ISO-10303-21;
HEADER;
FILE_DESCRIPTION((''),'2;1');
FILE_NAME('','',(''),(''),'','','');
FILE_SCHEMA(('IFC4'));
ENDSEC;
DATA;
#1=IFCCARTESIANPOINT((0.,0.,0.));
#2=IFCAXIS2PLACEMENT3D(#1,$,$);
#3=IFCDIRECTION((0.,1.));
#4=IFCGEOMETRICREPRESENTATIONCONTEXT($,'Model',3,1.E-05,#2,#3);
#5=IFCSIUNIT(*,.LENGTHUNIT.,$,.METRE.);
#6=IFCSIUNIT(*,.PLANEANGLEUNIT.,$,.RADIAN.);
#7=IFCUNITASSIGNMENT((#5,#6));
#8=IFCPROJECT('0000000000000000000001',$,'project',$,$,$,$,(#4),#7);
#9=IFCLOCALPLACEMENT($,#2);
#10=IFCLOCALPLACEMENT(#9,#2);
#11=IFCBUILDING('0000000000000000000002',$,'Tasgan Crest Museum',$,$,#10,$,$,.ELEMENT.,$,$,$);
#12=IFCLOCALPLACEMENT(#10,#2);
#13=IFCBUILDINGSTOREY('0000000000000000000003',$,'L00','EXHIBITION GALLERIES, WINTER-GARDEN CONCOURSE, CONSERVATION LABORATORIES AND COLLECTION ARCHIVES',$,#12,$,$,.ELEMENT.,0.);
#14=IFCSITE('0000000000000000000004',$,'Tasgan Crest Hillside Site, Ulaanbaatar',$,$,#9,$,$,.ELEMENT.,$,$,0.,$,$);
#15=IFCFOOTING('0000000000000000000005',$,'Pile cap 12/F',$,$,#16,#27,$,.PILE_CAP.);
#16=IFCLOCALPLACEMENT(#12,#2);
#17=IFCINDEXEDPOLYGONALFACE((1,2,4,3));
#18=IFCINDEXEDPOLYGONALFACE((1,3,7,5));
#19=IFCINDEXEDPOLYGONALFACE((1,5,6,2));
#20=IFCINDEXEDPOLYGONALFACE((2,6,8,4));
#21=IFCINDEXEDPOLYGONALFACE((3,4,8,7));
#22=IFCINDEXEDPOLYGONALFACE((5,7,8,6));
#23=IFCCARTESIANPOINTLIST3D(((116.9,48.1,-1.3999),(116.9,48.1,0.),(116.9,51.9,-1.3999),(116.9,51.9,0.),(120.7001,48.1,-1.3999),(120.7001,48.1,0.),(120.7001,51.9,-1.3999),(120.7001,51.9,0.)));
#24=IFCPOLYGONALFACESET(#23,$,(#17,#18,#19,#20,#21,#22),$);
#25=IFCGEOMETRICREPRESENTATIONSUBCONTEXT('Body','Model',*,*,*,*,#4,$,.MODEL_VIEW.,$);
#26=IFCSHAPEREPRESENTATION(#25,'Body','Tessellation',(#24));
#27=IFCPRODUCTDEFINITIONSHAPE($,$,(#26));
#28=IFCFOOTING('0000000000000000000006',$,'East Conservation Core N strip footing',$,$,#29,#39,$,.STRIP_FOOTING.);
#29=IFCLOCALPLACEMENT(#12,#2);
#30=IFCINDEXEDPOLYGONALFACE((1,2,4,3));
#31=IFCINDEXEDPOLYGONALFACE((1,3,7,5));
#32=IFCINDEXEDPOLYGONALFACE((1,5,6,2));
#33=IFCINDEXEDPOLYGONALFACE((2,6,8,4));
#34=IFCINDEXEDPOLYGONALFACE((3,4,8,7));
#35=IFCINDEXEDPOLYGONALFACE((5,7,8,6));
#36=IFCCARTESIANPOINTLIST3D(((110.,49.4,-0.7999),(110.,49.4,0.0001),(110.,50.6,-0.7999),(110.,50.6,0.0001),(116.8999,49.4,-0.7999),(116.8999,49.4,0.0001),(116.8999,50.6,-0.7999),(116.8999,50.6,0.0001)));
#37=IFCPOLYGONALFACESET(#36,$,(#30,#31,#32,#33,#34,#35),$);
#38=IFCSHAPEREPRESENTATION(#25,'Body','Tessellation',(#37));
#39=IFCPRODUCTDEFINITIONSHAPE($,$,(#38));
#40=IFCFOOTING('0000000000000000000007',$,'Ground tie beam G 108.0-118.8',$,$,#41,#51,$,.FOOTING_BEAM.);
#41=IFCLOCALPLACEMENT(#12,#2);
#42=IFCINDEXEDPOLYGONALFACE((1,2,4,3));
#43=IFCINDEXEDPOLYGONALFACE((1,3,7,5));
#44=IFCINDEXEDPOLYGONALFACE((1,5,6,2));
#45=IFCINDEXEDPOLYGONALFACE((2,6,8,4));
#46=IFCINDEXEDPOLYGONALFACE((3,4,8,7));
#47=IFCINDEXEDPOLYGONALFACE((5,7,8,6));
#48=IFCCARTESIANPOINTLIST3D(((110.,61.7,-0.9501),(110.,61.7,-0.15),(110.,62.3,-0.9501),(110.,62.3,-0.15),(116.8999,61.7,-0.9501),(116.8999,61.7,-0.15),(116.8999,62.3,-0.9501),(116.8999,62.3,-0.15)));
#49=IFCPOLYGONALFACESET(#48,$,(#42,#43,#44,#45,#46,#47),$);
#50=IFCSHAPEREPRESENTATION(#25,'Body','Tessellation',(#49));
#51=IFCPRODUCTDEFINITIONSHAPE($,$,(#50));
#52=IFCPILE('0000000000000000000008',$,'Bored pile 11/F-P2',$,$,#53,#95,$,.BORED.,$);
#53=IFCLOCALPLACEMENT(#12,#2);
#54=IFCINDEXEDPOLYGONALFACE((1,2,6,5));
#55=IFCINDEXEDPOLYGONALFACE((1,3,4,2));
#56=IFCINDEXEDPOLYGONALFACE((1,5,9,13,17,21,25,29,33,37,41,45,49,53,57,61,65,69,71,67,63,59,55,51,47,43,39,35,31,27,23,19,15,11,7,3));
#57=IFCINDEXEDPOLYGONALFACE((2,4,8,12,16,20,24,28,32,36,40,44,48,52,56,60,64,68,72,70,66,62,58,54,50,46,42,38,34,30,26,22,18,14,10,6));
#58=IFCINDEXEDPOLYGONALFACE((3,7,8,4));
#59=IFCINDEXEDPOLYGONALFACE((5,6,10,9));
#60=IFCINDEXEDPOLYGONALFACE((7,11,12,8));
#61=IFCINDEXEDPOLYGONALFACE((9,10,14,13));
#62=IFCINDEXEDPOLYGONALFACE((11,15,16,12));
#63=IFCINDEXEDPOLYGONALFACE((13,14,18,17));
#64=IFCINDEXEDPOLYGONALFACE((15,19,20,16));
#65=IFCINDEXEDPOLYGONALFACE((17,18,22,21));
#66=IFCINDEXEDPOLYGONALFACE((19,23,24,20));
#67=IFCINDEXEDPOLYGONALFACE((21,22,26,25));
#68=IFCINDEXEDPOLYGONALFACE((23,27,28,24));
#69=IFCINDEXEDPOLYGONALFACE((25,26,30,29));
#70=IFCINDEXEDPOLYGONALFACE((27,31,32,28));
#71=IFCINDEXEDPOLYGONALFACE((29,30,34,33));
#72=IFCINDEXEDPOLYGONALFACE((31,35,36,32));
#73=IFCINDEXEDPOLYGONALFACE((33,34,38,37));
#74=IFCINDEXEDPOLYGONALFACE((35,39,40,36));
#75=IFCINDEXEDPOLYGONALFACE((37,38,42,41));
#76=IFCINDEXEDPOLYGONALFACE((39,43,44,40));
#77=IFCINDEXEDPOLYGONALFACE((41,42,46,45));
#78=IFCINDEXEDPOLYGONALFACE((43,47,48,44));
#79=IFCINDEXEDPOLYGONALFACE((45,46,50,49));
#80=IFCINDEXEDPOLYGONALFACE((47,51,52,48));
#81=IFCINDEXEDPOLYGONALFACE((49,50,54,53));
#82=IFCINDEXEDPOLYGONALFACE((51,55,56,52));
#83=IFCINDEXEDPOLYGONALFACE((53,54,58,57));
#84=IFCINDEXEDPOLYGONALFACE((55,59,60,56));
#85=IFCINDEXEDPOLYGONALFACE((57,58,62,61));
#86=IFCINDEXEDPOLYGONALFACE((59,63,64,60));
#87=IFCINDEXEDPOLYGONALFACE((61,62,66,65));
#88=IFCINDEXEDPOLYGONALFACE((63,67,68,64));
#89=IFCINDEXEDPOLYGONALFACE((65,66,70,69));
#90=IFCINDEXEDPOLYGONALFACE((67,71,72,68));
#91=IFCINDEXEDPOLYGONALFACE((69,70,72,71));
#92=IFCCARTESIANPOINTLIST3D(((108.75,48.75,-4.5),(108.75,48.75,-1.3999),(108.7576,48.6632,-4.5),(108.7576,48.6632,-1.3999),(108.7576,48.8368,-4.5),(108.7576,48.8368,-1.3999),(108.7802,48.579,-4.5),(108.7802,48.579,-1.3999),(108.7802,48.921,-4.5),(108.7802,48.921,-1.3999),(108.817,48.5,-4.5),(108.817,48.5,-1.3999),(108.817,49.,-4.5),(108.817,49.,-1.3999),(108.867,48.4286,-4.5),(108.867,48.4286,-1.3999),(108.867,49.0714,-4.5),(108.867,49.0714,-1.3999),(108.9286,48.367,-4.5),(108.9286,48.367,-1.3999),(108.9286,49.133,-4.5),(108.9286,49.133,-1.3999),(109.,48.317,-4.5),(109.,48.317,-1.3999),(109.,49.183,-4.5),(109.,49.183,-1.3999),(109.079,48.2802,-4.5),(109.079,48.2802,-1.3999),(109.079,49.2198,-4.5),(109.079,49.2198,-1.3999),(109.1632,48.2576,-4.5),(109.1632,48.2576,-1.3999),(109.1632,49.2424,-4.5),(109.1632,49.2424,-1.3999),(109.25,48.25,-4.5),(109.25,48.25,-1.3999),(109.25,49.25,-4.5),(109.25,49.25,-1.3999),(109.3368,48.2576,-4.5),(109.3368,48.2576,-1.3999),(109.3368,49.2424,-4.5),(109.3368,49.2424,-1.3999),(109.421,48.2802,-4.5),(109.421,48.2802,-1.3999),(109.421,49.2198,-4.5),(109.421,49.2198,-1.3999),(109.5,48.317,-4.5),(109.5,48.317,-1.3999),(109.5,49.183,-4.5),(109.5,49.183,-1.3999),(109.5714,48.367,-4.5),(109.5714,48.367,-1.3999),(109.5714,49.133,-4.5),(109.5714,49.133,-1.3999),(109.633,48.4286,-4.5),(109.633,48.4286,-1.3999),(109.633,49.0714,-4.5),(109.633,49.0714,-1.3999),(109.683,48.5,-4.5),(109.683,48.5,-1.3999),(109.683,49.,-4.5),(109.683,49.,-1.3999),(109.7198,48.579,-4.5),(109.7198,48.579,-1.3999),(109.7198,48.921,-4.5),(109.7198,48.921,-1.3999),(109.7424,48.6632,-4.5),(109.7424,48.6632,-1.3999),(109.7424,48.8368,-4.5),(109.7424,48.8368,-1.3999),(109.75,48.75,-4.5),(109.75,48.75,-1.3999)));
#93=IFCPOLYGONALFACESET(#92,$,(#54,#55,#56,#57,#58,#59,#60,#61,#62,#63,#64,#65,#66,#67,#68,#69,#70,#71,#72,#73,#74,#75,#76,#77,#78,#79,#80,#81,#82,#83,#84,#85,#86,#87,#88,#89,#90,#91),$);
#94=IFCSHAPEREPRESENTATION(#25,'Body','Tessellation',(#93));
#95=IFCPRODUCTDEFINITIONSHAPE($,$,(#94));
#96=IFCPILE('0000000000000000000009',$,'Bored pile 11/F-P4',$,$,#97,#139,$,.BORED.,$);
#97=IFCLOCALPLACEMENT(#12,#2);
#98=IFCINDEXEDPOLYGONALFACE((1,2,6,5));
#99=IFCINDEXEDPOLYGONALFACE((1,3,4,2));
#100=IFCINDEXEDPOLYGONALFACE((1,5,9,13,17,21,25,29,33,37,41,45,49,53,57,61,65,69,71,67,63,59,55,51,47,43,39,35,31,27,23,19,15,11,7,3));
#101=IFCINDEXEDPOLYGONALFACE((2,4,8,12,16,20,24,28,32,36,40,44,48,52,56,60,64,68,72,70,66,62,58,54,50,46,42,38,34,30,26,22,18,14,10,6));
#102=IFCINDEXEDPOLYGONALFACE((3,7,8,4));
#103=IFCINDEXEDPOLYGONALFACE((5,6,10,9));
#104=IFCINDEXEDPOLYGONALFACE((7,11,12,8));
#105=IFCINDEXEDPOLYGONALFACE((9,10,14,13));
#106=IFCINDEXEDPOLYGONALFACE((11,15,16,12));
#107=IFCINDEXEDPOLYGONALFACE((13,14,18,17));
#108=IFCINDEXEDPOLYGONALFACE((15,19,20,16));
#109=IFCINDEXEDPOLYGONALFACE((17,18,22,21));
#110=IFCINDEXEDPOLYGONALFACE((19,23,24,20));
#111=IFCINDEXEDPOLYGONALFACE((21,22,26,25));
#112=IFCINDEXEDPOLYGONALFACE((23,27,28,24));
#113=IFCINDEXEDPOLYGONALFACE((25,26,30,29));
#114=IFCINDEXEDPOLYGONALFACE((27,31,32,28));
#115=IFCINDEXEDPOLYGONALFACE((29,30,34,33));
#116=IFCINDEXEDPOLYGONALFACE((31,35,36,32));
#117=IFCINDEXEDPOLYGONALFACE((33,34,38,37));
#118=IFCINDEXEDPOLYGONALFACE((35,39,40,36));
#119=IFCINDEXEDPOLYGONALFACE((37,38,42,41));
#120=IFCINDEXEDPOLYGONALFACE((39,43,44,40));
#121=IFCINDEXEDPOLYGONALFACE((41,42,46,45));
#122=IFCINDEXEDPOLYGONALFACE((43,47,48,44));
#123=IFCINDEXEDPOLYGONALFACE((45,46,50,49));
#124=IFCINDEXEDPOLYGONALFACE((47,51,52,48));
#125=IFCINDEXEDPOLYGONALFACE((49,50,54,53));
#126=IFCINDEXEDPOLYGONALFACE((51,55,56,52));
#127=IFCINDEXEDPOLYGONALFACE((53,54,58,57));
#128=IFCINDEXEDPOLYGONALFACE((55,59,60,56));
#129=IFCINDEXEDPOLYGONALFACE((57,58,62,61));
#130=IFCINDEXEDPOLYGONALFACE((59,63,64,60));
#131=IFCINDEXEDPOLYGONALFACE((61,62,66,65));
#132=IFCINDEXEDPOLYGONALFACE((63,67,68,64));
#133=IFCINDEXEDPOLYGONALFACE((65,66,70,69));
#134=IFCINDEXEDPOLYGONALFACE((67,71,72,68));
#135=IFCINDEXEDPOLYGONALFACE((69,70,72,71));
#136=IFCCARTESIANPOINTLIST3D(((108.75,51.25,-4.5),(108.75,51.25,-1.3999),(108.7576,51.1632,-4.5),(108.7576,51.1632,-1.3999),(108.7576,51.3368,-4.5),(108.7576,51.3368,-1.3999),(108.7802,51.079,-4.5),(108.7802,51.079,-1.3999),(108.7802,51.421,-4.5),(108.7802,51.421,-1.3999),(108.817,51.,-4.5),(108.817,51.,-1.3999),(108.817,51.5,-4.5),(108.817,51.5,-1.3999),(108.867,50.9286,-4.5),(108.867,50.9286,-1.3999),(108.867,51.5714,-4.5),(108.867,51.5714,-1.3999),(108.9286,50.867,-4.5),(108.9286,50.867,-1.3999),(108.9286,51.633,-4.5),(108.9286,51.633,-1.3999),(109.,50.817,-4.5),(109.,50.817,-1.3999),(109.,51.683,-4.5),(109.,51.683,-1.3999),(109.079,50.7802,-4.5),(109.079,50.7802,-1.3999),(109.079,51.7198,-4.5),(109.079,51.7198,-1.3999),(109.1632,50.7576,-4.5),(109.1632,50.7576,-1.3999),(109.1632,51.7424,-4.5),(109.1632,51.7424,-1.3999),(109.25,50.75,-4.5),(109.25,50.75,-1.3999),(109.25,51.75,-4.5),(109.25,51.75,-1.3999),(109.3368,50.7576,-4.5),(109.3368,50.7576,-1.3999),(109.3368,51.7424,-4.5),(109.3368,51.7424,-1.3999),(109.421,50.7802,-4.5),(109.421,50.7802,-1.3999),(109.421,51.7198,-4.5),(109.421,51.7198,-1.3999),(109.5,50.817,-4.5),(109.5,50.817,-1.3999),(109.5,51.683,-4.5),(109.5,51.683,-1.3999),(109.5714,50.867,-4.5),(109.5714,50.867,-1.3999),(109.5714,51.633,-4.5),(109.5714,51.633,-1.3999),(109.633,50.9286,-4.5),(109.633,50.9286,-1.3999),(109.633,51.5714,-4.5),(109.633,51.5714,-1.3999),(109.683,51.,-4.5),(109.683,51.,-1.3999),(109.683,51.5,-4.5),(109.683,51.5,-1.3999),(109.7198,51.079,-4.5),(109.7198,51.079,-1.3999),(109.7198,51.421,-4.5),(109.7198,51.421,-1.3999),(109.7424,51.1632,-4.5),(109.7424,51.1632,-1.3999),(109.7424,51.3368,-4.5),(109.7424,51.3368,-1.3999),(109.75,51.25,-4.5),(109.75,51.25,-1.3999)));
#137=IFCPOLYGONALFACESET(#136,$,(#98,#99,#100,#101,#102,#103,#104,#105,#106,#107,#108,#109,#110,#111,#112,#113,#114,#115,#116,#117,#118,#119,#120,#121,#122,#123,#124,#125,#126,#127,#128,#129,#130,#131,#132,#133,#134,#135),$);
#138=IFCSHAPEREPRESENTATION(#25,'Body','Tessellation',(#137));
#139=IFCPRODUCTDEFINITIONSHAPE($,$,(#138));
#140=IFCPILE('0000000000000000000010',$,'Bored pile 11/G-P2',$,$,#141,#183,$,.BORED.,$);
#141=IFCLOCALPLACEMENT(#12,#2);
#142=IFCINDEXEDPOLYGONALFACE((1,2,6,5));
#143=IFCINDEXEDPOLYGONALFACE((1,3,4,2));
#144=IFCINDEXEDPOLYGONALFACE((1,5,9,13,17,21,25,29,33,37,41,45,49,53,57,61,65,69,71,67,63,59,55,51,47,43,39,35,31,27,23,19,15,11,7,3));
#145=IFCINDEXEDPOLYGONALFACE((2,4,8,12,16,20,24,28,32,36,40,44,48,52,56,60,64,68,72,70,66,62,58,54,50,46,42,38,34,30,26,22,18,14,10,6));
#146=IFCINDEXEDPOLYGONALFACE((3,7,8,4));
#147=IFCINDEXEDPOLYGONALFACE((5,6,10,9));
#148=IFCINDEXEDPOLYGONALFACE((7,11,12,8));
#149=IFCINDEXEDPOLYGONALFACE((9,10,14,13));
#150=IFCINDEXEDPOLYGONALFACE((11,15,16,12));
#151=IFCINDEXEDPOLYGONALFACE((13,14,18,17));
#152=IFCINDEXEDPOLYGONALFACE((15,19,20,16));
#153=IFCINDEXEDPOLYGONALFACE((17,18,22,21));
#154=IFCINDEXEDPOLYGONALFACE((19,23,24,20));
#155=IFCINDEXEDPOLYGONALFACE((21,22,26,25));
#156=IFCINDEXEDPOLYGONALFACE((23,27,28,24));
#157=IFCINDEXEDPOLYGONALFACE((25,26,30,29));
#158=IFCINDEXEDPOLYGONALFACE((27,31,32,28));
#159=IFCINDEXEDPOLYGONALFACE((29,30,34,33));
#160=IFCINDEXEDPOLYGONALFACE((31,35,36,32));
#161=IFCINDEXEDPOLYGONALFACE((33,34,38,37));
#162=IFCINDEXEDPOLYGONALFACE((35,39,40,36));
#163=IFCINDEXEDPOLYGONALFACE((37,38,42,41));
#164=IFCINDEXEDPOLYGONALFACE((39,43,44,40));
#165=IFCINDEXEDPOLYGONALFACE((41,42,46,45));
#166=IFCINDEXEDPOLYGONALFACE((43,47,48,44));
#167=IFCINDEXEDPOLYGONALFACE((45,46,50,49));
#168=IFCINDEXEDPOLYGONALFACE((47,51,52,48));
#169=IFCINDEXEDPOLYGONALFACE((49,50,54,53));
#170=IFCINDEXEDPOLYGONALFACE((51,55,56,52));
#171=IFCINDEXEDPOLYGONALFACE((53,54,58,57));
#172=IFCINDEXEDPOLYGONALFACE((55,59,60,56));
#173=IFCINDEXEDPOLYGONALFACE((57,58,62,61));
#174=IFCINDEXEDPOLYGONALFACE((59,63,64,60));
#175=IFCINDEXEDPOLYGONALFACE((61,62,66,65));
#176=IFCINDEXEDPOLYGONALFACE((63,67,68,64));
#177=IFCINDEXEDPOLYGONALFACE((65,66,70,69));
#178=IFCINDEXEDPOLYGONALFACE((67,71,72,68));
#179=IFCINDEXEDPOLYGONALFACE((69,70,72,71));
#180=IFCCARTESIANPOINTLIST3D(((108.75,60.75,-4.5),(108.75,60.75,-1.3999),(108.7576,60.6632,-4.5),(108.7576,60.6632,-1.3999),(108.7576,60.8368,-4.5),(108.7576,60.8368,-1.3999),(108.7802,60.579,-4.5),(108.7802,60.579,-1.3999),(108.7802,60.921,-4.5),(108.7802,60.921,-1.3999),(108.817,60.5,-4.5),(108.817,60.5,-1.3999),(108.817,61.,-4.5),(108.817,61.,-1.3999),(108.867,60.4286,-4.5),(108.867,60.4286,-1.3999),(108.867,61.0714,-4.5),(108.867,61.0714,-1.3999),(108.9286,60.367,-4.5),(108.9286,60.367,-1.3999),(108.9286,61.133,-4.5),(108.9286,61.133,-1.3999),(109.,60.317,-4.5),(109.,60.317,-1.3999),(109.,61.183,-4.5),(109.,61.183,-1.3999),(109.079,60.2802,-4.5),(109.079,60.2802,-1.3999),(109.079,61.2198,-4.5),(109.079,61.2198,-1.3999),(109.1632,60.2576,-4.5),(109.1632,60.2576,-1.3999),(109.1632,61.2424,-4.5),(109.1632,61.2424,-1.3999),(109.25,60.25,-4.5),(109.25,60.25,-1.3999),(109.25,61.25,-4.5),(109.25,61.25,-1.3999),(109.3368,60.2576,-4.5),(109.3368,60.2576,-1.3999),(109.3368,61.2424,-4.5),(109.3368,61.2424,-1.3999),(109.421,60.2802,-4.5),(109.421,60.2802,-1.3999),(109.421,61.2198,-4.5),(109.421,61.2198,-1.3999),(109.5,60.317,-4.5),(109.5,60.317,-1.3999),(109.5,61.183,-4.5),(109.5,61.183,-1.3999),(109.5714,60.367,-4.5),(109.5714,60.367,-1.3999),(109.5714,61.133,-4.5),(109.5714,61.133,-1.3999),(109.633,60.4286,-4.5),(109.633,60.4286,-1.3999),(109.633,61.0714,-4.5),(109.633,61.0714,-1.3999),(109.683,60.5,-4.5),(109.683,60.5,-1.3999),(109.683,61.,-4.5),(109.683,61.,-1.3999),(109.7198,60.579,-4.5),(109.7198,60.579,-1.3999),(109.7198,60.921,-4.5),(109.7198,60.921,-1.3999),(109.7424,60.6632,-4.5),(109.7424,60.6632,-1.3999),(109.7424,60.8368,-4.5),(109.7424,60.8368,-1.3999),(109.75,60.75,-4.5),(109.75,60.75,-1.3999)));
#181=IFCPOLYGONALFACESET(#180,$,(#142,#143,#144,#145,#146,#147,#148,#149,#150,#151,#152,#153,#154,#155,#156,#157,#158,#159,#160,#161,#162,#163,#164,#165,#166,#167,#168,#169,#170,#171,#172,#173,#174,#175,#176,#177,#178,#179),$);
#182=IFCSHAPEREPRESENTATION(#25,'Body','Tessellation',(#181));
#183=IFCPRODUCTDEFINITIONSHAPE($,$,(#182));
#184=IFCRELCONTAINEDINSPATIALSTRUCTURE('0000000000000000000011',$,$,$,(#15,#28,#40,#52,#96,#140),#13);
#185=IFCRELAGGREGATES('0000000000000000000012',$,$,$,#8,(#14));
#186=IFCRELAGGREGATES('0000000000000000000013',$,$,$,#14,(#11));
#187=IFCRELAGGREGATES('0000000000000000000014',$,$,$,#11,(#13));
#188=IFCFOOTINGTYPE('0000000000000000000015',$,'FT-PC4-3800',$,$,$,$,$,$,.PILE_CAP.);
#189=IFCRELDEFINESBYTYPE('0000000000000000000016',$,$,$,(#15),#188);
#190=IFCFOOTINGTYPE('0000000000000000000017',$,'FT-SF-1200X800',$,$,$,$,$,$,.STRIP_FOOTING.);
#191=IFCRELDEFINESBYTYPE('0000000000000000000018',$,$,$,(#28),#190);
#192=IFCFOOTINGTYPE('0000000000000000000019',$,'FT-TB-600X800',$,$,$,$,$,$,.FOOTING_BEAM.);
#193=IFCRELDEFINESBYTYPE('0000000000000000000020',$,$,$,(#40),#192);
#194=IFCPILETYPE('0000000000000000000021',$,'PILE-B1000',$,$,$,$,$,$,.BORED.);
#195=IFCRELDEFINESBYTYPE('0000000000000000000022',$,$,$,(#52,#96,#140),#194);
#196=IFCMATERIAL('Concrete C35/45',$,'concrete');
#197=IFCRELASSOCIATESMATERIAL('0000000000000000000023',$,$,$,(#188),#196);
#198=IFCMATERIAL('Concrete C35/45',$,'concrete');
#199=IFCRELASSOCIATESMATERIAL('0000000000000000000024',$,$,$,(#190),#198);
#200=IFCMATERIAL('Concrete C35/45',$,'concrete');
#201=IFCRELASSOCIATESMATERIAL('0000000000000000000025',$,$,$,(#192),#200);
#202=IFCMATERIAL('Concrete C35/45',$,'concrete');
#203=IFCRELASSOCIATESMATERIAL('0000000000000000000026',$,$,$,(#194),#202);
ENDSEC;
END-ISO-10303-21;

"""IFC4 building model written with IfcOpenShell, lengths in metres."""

from ifc_helpers import new_model, si_unit, direction, frame, origin, origin_2d, place, context, subcontext, project, spatial, rectangle, circle, extrude, material, material_profile, profile_set, type_object, element, save


model = new_model("IFC4")

# Units and contexts
model_context = context("Model", 3, precision=1e-05, world=origin(), true_north=direction((0.0, 1.0)))
body_context = subcontext(model_context, "Body", "Model", "MODEL_VIEW")
ifc_project = project(units=[si_unit("LENGTHUNIT", "METRE"), si_unit("PLANEANGLEUNIT", "RADIAN")], contexts=[model_context])

# Site, building, storey
site_placement = place(None, origin())
site = spatial("IfcSite", under=ifc_project, at=site_placement, Name="Tasgan Crest Hillside Site, Ulaanbaatar", CompositionType="ELEMENT", RefElevation=0.0)
building_placement = place(site_placement, origin())
building = spatial("IfcBuilding", under=site, at=building_placement, Name="Tasgan Crest Museum", CompositionType="ELEMENT")
storey_placement = place(building_placement, origin())
storey = spatial("IfcBuildingStorey", under=building, at=storey_placement, Name="L00", Description="EXHIBITION GALLERIES, WINTER-GARDEN CONCOURSE, CONSERVATION LABORATORIES AND COLLECTION ARCHIVES", CompositionType="ELEMENT", Elevation=0.0)

# Footings
ifc_material_1 = material(Name="Concrete C35/45", Category="concrete")
footing_type_1 = type_object("IfcFootingType", Name="FT-PC4-3800", PredefinedType="PILE_CAP", material=ifc_material_1)
footing_1_placement = place(storey_placement, frame((118.8, 50.0, -1.3999), z_axis=(0.0, 0.0, 1.0), x_axis=(1.0, 0.0, 0.0)))
element("IfcFooting", 1, at=footing_1_placement, inside=storey, type_object=footing_type_1, Name="Pile cap 12/F", PredefinedType="PILE_CAP", context=body_context, shape_type="SweptSolid", body=[
    extrude(rectangle(XDim=3.8, YDim=3.8, at=origin_2d()), origin(), (0.0, 0.0, 1.0), 1.3999),
])
ifc_material_2 = material(Name="Concrete C35/45", Category="concrete")
ifc_material_profile_1 = material_profile(ifc_material_2, rectangle(XDim=1.2, YDim=0.8, at=origin_2d()), Name="SF 1200x800")
ifc_profile_set_1 = profile_set([ifc_material_profile_1], Name="Concrete C35/45")
footing_type_2 = type_object("IfcFootingType", Name="FT-SF-1200X800", PredefinedType="STRIP_FOOTING", material=ifc_profile_set_1)
footing_2_placement = place(storey_placement, frame((110.0, 50.0, -0.3999), z_axis=(1.0, 0.0, 0.0), x_axis=(0.0, 1.0, 0.0)))
element("IfcFooting", 2, at=footing_2_placement, inside=storey, type_object=footing_type_2, Name="East Conservation Core N strip footing", PredefinedType="STRIP_FOOTING", context=body_context, shape_type="SweptSolid", body=[
    extrude(rectangle(XDim=1.2, YDim=0.8, at=origin_2d()), origin(), (0.0, 0.0, 1.0), 6.8999),
])
ifc_material_3 = material(Name="Concrete C35/45", Category="concrete")
ifc_material_profile_2 = material_profile(ifc_material_3, rectangle(XDim=0.6001, YDim=0.8, at=origin_2d()), Name="TB 600x800")
ifc_profile_set_2 = profile_set([ifc_material_profile_2], Name="Concrete C35/45")
footing_type_3 = type_object("IfcFootingType", Name="FT-TB-600X800", PredefinedType="FOOTING_BEAM", material=ifc_profile_set_2)
footing_3_placement = place(storey_placement, frame((110.0, 62.0, -0.55), z_axis=(1.0, 0.0, 0.0), x_axis=(0.0, 1.0, 0.0)))
element("IfcFooting", 3, at=footing_3_placement, inside=storey, type_object=footing_type_3, Name="Ground tie beam G 108.0-118.8", PredefinedType="FOOTING_BEAM", context=body_context, shape_type="SweptSolid", body=[
    extrude(rectangle(XDim=0.6001, YDim=0.8, at=origin_2d()), origin(), (0.0, 0.0, 1.0), 6.8999),
])

# Piles
ifc_material_4 = material(Name="Concrete C35/45", Category="concrete")
ifc_material_profile_3 = material_profile(ifc_material_4, circle(Radius=0.5, at=origin_2d()), Name="PILE D1000")
ifc_profile_set_3 = profile_set([ifc_material_profile_3], Name="Concrete C35/45")
pile_type_1 = type_object("IfcPileType", Name="PILE-B1000", PredefinedType="BORED", material=ifc_profile_set_3)
for number, where, z_axis, x_axis, name in (
    (4, (109.25, 48.75, -1.3999), (0.0, 0.0, -1.0), (1.0, 0.0, 0.0), "Bored pile 11/F-P2"),
    (5, (109.25, 51.25, -1.3999), (0.0, 0.0, -1.0), (1.0, 0.0, 0.0), "Bored pile 11/F-P4"),
    (6, (109.25, 60.75, -1.3999), (0.0, 0.0, -1.0), (1.0, 0.0, 0.0), "Bored pile 11/G-P2"),
):
    element("IfcPile", number, at=place(storey_placement, frame(where, z_axis=z_axis, x_axis=x_axis)), inside=storey, type_object=pile_type_1, Name=name, PredefinedType="BORED", context=body_context, shape_type="SweptSolid", body=[
        extrude(circle(Radius=0.5, at=origin_2d()), origin(), (0.0, 0.0, 1.0), 3.1001),
    ])

save(model, "model.ifc")
